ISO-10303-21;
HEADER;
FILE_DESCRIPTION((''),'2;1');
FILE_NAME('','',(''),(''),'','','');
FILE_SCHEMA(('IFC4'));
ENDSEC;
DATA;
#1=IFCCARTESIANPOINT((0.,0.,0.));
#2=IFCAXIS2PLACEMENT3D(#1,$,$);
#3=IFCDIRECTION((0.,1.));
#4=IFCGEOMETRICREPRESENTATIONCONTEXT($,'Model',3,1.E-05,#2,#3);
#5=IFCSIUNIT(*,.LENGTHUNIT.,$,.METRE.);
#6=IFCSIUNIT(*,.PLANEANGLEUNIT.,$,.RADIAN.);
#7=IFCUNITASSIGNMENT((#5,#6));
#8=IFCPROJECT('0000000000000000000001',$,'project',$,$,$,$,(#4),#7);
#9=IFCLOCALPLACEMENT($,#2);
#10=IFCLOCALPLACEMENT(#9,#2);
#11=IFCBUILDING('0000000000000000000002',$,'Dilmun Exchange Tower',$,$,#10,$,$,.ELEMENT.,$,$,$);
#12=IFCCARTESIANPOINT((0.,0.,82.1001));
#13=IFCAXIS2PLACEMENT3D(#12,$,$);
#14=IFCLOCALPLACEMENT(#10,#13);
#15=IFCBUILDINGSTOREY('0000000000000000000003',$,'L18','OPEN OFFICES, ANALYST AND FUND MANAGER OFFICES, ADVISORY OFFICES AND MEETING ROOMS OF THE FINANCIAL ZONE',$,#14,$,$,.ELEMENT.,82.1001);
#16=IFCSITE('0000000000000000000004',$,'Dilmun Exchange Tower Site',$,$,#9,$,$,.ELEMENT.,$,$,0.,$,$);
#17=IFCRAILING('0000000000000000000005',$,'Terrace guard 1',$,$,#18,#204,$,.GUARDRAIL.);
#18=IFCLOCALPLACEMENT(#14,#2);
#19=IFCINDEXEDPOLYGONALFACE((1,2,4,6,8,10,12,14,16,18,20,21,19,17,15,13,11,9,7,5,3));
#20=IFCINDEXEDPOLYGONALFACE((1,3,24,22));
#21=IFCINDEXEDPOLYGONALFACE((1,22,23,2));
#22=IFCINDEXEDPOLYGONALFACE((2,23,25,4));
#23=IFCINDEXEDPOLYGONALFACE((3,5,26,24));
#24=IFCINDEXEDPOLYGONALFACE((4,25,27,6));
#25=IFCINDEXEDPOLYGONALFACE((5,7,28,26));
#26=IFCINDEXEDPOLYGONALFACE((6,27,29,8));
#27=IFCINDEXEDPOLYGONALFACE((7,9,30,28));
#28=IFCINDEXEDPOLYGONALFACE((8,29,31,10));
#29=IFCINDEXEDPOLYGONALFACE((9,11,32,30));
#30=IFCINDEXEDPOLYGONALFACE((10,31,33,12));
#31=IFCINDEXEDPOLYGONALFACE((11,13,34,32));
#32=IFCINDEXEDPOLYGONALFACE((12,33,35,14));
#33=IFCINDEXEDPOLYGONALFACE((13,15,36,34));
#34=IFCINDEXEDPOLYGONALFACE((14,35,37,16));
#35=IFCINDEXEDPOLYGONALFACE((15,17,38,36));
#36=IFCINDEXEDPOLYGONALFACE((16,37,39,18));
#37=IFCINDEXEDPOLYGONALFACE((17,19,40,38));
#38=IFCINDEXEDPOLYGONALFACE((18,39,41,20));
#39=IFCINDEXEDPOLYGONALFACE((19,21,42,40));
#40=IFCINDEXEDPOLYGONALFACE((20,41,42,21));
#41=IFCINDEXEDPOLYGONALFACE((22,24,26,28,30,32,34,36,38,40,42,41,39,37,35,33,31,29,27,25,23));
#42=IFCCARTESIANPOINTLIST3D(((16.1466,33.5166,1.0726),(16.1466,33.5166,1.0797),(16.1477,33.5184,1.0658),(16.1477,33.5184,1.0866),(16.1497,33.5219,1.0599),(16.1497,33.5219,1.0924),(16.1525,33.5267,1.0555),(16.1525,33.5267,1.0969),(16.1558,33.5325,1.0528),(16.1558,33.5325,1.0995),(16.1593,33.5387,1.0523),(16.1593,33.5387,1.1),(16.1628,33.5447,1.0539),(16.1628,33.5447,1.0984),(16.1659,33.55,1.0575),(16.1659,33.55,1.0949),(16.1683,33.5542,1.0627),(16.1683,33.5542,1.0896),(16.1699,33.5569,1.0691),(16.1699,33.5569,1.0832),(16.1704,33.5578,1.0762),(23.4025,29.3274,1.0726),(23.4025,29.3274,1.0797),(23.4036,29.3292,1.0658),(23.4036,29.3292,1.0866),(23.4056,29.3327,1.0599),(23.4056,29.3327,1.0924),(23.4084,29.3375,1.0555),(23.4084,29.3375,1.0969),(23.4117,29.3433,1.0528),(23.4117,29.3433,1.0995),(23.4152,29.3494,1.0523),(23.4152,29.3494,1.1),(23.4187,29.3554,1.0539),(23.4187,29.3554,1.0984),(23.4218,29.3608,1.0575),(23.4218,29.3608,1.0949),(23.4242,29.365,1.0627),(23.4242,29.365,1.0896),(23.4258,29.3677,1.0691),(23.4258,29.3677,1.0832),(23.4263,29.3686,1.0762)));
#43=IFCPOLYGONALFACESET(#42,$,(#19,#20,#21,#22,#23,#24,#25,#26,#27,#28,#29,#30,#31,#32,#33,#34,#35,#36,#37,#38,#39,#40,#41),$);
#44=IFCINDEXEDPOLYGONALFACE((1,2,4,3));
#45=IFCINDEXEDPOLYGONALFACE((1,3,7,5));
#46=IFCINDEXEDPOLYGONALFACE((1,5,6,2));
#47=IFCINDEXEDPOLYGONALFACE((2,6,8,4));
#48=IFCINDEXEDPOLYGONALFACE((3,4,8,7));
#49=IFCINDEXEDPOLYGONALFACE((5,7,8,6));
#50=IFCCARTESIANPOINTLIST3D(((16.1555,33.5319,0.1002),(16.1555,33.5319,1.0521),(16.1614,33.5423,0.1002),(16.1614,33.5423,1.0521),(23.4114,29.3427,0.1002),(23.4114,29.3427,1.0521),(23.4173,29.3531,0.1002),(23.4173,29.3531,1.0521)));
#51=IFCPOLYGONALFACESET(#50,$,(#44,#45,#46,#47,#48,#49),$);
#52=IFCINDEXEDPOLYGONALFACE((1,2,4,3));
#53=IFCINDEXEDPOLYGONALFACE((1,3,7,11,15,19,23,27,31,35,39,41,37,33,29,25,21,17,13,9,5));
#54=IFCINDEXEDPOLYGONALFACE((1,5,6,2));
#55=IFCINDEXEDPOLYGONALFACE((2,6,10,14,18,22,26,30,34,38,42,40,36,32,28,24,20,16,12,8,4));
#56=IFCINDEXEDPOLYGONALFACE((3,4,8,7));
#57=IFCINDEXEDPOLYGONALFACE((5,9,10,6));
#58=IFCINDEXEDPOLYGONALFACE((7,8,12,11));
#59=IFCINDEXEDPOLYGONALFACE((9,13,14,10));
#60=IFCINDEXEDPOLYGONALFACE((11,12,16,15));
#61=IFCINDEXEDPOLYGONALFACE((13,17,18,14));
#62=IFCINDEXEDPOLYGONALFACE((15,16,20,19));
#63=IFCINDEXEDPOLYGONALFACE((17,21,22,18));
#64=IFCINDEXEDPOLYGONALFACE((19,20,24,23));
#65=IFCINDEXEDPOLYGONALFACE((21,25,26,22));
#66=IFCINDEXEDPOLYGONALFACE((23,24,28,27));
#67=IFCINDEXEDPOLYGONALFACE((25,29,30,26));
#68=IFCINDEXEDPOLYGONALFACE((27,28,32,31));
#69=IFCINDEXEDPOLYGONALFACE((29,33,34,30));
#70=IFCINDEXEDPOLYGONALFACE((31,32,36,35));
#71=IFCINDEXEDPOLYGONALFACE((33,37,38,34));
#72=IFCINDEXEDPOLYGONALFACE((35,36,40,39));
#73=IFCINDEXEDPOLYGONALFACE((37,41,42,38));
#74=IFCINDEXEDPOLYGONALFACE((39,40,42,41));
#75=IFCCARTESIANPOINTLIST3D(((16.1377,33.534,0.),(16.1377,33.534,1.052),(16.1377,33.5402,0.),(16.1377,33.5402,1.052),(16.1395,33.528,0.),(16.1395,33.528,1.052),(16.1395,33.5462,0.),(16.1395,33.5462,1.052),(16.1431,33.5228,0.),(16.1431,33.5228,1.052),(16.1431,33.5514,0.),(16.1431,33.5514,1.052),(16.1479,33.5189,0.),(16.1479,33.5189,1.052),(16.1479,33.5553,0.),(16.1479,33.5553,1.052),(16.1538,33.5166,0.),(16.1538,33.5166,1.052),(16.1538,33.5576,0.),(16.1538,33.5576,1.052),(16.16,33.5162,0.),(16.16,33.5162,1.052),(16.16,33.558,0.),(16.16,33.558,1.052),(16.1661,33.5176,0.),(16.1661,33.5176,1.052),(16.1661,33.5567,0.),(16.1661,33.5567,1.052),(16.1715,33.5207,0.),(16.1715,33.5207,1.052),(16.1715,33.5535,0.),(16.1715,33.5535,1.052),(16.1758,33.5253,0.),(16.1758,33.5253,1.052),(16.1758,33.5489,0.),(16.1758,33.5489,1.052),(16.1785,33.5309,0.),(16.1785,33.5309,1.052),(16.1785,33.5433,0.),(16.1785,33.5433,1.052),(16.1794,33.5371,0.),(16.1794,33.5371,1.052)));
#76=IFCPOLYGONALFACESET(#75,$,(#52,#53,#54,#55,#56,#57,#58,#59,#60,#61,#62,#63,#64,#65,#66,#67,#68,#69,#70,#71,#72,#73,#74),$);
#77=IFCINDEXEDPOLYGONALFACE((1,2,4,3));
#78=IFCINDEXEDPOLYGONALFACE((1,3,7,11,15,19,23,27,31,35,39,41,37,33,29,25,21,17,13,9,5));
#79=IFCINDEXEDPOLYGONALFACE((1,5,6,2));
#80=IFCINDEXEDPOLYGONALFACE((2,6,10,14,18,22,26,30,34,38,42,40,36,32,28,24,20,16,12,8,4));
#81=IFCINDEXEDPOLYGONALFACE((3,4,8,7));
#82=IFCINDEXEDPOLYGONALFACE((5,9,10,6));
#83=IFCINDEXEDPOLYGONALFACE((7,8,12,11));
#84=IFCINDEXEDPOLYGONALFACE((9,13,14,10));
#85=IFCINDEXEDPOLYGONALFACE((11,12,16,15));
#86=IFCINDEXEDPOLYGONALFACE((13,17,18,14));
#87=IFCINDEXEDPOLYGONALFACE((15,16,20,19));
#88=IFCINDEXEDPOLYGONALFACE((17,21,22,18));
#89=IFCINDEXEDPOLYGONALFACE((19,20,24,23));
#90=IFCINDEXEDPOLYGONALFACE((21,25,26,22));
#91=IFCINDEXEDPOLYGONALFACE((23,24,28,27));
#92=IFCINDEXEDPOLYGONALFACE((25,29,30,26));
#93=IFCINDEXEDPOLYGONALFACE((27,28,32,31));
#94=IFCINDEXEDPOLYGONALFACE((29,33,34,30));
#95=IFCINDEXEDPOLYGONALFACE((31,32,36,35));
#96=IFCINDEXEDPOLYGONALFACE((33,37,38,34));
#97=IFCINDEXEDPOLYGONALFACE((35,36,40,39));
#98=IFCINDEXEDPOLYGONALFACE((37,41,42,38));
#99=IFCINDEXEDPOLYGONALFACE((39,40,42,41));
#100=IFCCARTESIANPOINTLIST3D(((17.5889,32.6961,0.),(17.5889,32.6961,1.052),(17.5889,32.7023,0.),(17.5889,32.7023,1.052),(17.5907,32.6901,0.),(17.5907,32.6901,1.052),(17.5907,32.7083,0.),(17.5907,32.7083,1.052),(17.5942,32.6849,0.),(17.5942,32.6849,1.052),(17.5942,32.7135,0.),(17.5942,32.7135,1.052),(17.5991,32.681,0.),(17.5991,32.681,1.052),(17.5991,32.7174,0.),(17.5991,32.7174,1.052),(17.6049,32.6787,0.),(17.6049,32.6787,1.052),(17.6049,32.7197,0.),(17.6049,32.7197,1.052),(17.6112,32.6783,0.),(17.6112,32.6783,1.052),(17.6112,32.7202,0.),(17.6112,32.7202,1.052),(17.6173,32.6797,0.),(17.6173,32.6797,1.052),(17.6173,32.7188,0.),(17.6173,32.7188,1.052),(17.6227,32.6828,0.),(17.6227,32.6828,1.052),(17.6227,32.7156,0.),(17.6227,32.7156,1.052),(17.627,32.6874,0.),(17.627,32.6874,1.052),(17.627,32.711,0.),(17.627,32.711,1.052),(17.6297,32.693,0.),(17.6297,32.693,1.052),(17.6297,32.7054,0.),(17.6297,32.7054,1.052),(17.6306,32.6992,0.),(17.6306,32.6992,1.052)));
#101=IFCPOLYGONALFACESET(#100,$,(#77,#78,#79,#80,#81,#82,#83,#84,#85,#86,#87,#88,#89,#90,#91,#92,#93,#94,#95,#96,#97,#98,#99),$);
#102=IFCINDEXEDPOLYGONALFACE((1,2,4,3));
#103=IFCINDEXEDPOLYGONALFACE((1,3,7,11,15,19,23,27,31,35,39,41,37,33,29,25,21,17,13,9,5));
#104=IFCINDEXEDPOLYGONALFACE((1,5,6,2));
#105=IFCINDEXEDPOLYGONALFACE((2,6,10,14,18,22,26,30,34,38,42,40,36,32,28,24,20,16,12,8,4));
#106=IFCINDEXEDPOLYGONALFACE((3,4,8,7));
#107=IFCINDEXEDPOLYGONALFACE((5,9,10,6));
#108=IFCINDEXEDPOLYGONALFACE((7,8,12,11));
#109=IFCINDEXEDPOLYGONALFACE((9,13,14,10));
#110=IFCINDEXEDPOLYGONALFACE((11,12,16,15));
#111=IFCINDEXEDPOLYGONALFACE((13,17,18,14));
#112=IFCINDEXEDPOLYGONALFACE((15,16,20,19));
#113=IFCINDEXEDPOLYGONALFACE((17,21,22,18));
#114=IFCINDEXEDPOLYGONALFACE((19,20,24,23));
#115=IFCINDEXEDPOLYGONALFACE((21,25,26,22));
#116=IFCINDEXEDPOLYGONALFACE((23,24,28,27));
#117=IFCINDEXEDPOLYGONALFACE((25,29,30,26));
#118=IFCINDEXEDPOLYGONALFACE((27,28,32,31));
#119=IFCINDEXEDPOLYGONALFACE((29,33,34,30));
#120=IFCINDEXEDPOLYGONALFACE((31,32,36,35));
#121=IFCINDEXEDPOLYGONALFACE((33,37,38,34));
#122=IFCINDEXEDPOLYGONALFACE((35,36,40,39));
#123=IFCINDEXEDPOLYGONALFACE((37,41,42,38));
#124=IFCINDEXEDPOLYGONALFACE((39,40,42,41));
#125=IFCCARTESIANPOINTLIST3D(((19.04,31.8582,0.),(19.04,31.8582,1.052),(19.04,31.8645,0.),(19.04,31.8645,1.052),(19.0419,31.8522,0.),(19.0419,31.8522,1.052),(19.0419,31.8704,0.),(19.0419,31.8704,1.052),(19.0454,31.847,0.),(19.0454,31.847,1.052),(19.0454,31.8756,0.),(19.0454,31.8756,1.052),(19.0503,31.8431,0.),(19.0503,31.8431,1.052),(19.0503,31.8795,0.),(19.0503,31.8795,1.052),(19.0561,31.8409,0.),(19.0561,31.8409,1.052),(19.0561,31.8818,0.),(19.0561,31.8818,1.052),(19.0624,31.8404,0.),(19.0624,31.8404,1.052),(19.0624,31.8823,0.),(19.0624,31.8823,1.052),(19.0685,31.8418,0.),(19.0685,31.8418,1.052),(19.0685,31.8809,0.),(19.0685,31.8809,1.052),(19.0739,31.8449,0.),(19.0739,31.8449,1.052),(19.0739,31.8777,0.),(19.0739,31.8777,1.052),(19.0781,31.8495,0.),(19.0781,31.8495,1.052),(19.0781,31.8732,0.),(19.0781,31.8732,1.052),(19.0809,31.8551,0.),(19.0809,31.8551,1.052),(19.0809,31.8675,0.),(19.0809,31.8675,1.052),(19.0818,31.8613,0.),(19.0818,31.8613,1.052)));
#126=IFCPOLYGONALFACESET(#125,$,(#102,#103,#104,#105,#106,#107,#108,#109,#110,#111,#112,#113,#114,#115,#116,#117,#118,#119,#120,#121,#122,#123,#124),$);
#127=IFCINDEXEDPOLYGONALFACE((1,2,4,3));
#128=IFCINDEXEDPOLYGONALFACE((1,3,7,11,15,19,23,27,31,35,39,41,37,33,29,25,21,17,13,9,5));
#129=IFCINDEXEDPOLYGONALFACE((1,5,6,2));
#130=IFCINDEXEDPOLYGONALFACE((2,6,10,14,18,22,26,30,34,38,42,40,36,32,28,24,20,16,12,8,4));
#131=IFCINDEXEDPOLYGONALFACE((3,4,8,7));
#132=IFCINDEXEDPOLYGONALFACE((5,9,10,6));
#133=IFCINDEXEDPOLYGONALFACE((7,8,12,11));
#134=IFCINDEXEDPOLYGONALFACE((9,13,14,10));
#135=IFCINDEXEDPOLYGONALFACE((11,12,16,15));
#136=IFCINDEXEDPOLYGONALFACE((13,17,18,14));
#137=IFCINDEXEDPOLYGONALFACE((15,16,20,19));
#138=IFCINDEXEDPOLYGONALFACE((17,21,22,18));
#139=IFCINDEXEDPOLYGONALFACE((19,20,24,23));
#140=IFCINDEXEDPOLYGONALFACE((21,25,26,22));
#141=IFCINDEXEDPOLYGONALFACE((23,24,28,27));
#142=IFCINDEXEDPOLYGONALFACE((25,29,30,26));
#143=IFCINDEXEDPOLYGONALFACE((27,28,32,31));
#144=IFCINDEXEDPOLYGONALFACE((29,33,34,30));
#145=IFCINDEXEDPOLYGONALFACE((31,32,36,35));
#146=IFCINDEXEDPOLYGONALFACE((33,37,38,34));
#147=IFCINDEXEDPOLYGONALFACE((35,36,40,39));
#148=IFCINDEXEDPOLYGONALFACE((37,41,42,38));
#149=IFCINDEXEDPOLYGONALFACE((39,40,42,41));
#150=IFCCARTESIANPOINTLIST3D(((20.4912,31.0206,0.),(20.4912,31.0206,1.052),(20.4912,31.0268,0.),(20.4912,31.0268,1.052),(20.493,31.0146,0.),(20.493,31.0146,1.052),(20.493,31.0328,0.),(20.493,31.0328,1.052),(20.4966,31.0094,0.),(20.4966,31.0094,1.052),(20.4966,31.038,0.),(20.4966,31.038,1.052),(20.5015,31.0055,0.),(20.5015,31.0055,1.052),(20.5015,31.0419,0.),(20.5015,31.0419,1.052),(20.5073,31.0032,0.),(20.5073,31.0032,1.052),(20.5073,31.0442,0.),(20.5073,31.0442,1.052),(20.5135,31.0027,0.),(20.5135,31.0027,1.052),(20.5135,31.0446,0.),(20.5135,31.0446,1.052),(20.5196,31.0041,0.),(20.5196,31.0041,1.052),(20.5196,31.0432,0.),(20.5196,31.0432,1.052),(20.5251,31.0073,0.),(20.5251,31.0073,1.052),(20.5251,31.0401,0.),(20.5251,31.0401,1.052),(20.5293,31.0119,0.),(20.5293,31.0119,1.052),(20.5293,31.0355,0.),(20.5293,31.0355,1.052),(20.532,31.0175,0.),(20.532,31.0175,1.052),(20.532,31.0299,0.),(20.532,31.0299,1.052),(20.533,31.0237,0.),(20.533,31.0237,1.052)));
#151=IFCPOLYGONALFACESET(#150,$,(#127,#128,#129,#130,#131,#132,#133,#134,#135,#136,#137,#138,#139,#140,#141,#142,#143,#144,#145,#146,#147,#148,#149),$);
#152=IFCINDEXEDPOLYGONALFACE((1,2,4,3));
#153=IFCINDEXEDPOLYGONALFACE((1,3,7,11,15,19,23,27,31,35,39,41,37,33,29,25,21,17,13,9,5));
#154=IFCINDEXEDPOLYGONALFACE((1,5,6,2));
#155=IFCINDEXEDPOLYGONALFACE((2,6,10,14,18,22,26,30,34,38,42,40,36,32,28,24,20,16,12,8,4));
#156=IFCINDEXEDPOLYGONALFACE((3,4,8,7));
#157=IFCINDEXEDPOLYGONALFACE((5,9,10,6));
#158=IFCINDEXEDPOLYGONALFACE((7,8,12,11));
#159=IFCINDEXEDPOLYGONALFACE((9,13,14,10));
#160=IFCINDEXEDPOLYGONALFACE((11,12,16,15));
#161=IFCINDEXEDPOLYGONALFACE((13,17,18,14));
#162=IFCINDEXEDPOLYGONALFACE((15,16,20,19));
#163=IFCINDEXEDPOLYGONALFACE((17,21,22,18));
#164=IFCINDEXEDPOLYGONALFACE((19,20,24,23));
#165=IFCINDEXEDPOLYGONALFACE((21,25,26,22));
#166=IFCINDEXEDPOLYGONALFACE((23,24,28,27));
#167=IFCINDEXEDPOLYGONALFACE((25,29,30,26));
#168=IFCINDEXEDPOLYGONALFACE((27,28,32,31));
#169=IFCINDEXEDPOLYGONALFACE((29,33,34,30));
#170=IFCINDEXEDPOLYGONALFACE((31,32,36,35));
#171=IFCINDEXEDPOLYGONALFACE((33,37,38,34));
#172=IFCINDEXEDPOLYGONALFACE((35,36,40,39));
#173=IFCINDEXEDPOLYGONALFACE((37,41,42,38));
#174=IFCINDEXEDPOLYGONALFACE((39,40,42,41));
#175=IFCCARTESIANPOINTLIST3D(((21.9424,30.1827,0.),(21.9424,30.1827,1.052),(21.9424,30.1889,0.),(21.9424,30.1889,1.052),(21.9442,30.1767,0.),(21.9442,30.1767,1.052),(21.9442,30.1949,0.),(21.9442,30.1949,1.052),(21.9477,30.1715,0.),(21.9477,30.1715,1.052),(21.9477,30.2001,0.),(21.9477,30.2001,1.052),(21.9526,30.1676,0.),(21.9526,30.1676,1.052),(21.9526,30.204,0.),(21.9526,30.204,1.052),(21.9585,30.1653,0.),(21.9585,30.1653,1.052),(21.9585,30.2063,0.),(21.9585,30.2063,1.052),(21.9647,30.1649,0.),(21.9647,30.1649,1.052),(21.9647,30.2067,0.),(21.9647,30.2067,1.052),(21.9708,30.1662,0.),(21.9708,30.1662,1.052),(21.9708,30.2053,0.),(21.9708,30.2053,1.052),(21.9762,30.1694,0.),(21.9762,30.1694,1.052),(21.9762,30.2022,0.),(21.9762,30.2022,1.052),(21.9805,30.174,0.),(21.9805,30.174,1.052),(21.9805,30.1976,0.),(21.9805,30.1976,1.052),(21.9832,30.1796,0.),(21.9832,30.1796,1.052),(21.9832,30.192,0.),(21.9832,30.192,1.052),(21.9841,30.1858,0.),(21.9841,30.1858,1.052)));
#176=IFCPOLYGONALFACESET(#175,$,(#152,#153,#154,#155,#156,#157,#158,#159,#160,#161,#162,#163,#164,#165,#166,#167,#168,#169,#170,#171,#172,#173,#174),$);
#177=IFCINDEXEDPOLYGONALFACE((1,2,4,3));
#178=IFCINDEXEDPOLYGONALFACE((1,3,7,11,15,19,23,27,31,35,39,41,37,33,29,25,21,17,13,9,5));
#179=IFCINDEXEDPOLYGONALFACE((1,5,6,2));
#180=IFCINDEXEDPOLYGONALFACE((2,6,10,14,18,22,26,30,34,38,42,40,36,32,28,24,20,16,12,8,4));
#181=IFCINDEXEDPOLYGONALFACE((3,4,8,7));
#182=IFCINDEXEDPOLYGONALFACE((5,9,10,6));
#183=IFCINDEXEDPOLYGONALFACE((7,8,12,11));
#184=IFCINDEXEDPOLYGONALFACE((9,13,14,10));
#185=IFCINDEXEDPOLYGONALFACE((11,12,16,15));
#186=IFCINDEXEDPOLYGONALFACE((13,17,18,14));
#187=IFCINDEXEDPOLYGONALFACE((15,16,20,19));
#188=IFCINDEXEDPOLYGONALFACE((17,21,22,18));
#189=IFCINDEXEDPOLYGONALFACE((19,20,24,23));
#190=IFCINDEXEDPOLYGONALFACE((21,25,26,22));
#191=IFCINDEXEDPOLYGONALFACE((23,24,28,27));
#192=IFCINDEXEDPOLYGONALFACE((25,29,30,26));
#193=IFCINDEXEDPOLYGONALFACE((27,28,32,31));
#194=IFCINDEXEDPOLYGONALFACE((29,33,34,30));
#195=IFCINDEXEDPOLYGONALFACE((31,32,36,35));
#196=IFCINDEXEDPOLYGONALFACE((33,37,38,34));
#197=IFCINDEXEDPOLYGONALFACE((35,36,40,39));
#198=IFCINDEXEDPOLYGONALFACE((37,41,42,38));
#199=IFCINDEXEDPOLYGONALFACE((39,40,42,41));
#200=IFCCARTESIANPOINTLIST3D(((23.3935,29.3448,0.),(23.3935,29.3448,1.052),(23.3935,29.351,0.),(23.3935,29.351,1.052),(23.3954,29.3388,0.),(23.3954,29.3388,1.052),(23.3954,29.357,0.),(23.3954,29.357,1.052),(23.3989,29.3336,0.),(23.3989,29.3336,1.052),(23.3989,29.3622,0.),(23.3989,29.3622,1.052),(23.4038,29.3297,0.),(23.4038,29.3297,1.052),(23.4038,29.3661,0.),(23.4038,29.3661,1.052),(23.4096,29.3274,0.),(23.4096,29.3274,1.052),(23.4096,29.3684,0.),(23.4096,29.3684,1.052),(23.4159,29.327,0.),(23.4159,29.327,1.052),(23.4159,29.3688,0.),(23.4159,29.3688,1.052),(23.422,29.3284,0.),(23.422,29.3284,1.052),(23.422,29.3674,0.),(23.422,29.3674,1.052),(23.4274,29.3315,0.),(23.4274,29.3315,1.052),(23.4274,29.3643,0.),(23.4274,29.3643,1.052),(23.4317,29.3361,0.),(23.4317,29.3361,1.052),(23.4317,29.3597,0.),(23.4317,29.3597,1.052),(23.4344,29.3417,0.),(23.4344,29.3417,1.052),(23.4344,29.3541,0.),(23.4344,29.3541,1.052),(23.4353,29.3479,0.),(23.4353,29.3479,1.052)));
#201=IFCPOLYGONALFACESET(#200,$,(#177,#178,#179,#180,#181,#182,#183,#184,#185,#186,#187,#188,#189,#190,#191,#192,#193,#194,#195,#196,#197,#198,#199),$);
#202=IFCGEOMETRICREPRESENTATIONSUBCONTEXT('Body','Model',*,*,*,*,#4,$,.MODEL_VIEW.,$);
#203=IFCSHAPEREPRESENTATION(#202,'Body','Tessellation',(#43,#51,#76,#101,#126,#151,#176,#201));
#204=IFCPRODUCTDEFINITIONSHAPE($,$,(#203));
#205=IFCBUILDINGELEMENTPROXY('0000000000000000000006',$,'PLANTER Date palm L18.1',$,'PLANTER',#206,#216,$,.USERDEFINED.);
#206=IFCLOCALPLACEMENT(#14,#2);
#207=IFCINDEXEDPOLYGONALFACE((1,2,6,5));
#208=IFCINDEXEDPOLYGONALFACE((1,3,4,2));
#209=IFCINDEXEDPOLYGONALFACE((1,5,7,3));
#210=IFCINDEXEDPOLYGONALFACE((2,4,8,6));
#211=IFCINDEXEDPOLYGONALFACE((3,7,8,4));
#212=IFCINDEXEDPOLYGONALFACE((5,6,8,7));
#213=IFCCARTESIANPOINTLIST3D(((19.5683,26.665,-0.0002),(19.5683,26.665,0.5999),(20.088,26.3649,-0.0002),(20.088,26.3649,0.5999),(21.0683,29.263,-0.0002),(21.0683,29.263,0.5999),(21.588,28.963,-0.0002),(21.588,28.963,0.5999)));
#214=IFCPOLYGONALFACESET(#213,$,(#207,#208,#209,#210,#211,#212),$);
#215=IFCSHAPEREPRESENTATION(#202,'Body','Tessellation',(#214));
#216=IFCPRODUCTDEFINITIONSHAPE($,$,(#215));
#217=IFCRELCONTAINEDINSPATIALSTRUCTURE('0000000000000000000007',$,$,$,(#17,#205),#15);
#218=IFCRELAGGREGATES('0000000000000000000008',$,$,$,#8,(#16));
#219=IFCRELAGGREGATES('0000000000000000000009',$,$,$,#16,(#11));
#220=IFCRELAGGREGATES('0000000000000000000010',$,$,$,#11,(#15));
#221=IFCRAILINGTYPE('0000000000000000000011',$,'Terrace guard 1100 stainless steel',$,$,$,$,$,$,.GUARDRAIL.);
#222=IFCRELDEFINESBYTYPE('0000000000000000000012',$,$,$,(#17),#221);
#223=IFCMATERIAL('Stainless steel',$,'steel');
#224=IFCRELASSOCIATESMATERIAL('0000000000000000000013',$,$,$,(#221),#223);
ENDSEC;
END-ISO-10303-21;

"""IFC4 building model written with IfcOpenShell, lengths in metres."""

from ifc_helpers import new_model, si_unit, direction, frame, origin, origin_2d, place, context, subcontext, project, spatial, rectangle, circle, extrude, material, type_object, element, save


model = new_model("IFC4")

# Units and contexts
model_context = context("Model", 3, precision=1e-05, world=origin(), true_north=direction((0.0, 1.0)))
body_context = subcontext(model_context, "Body", "Model", "MODEL_VIEW")
ifc_project = project(units=[si_unit("LENGTHUNIT", "METRE"), si_unit("PLANEANGLEUNIT", "RADIAN")], contexts=[model_context])

# Site, building, storey
site_placement = place(None, origin())
site = spatial("IfcSite", under=ifc_project, at=site_placement, Name="Dilmun Exchange Tower Site", CompositionType="ELEMENT", RefElevation=0.0)
building_placement = place(site_placement, origin())
building = spatial("IfcBuilding", under=site, at=building_placement, Name="Dilmun Exchange Tower", CompositionType="ELEMENT")
storey_placement = place(building_placement, frame((0.0, 0.0, 82.1001)))
storey = spatial("IfcBuildingStorey", under=building, at=storey_placement, Name="L18", Description="OPEN OFFICES, ANALYST AND FUND MANAGER OFFICES, ADVISORY OFFICES AND MEETING ROOMS OF THE FINANCIAL ZONE", CompositionType="ELEMENT", Elevation=82.1001)

# Railing
ifc_material_1 = material(Name="Stainless steel", Category="steel")
railing_type = type_object("IfcRailingType", Name="Terrace guard 1100 stainless steel", PredefinedType="GUARDRAIL", material=ifc_material_1)
railing_placement = place(storey_placement, frame((16.1584, 33.5371, 0.0)))
element("IfcRailing", 1, at=railing_placement, inside=storey, type_object=railing_type, Name="Terrace guard 1", PredefinedType="GUARDRAIL", context=body_context, shape_type="SweptSolid", body=[
    extrude(circle(Radius=0.0239, at=origin_2d()), frame((0.0, 0.0, 1.0762), z_axis=(0.866024, -0.500003, 0.0), x_axis=(0.500003, 0.866024, 0.0)), (0.0, 0.0, 1.0), 8.3784),
    extrude(rectangle(XDim=0.012, YDim=0.9519, at=origin_2d()), frame((0.0, 0.0, 0.5762), z_axis=(0.866024, -0.500003, 0.0), x_axis=(0.500003, 0.866024, 0.0)), (0.0, 0.0, 1.0), 8.3784),
    extrude(circle(Radius=0.021, at=origin_2d()), origin(), (0.0, 0.0, 1.0), 1.052),
    extrude(circle(Radius=0.021, at=origin_2d()), frame((1.4512, -0.8379, 0.0)), (0.0, 0.0, 1.0), 1.052),
    extrude(circle(Radius=0.021, at=origin_2d()), frame((2.9023, -1.6758, 0.0)), (0.0, 0.0, 1.0), 1.052),
    extrude(circle(Radius=0.021, at=origin_2d()), frame((4.3535, -2.5134, 0.0)), (0.0, 0.0, 1.0), 1.052),
    extrude(circle(Radius=0.021, at=origin_2d()), frame((5.8047, -3.3513, 0.0)), (0.0, 0.0, 1.0), 1.052),
    extrude(circle(Radius=0.021, at=origin_2d()), frame((7.2559, -4.1892, 0.0)), (0.0, 0.0, 1.0), 1.052),
])

# Building element proxy
for number, where, z_axis, x_axis, name in (
    (2, (20.5781, 27.814, -0.0002), (0.0, 0.0, 1.0), (0.5, 0.866025, 0.0), "PLANTER Date palm L18.1"),
):
    element("IfcBuildingElementProxy", number, at=place(storey_placement, frame(where, z_axis=z_axis, x_axis=x_axis)), inside=storey, Name=name, ObjectType="PLANTER", PredefinedType="USERDEFINED", context=body_context, shape_type="SweptSolid", body=[
        extrude(rectangle(XDim=3.0, YDim=0.6001, at=origin_2d()), origin(), (0.0, 0.0, 1.0), 0.6001),
    ])

save(model, "model.ifc")
